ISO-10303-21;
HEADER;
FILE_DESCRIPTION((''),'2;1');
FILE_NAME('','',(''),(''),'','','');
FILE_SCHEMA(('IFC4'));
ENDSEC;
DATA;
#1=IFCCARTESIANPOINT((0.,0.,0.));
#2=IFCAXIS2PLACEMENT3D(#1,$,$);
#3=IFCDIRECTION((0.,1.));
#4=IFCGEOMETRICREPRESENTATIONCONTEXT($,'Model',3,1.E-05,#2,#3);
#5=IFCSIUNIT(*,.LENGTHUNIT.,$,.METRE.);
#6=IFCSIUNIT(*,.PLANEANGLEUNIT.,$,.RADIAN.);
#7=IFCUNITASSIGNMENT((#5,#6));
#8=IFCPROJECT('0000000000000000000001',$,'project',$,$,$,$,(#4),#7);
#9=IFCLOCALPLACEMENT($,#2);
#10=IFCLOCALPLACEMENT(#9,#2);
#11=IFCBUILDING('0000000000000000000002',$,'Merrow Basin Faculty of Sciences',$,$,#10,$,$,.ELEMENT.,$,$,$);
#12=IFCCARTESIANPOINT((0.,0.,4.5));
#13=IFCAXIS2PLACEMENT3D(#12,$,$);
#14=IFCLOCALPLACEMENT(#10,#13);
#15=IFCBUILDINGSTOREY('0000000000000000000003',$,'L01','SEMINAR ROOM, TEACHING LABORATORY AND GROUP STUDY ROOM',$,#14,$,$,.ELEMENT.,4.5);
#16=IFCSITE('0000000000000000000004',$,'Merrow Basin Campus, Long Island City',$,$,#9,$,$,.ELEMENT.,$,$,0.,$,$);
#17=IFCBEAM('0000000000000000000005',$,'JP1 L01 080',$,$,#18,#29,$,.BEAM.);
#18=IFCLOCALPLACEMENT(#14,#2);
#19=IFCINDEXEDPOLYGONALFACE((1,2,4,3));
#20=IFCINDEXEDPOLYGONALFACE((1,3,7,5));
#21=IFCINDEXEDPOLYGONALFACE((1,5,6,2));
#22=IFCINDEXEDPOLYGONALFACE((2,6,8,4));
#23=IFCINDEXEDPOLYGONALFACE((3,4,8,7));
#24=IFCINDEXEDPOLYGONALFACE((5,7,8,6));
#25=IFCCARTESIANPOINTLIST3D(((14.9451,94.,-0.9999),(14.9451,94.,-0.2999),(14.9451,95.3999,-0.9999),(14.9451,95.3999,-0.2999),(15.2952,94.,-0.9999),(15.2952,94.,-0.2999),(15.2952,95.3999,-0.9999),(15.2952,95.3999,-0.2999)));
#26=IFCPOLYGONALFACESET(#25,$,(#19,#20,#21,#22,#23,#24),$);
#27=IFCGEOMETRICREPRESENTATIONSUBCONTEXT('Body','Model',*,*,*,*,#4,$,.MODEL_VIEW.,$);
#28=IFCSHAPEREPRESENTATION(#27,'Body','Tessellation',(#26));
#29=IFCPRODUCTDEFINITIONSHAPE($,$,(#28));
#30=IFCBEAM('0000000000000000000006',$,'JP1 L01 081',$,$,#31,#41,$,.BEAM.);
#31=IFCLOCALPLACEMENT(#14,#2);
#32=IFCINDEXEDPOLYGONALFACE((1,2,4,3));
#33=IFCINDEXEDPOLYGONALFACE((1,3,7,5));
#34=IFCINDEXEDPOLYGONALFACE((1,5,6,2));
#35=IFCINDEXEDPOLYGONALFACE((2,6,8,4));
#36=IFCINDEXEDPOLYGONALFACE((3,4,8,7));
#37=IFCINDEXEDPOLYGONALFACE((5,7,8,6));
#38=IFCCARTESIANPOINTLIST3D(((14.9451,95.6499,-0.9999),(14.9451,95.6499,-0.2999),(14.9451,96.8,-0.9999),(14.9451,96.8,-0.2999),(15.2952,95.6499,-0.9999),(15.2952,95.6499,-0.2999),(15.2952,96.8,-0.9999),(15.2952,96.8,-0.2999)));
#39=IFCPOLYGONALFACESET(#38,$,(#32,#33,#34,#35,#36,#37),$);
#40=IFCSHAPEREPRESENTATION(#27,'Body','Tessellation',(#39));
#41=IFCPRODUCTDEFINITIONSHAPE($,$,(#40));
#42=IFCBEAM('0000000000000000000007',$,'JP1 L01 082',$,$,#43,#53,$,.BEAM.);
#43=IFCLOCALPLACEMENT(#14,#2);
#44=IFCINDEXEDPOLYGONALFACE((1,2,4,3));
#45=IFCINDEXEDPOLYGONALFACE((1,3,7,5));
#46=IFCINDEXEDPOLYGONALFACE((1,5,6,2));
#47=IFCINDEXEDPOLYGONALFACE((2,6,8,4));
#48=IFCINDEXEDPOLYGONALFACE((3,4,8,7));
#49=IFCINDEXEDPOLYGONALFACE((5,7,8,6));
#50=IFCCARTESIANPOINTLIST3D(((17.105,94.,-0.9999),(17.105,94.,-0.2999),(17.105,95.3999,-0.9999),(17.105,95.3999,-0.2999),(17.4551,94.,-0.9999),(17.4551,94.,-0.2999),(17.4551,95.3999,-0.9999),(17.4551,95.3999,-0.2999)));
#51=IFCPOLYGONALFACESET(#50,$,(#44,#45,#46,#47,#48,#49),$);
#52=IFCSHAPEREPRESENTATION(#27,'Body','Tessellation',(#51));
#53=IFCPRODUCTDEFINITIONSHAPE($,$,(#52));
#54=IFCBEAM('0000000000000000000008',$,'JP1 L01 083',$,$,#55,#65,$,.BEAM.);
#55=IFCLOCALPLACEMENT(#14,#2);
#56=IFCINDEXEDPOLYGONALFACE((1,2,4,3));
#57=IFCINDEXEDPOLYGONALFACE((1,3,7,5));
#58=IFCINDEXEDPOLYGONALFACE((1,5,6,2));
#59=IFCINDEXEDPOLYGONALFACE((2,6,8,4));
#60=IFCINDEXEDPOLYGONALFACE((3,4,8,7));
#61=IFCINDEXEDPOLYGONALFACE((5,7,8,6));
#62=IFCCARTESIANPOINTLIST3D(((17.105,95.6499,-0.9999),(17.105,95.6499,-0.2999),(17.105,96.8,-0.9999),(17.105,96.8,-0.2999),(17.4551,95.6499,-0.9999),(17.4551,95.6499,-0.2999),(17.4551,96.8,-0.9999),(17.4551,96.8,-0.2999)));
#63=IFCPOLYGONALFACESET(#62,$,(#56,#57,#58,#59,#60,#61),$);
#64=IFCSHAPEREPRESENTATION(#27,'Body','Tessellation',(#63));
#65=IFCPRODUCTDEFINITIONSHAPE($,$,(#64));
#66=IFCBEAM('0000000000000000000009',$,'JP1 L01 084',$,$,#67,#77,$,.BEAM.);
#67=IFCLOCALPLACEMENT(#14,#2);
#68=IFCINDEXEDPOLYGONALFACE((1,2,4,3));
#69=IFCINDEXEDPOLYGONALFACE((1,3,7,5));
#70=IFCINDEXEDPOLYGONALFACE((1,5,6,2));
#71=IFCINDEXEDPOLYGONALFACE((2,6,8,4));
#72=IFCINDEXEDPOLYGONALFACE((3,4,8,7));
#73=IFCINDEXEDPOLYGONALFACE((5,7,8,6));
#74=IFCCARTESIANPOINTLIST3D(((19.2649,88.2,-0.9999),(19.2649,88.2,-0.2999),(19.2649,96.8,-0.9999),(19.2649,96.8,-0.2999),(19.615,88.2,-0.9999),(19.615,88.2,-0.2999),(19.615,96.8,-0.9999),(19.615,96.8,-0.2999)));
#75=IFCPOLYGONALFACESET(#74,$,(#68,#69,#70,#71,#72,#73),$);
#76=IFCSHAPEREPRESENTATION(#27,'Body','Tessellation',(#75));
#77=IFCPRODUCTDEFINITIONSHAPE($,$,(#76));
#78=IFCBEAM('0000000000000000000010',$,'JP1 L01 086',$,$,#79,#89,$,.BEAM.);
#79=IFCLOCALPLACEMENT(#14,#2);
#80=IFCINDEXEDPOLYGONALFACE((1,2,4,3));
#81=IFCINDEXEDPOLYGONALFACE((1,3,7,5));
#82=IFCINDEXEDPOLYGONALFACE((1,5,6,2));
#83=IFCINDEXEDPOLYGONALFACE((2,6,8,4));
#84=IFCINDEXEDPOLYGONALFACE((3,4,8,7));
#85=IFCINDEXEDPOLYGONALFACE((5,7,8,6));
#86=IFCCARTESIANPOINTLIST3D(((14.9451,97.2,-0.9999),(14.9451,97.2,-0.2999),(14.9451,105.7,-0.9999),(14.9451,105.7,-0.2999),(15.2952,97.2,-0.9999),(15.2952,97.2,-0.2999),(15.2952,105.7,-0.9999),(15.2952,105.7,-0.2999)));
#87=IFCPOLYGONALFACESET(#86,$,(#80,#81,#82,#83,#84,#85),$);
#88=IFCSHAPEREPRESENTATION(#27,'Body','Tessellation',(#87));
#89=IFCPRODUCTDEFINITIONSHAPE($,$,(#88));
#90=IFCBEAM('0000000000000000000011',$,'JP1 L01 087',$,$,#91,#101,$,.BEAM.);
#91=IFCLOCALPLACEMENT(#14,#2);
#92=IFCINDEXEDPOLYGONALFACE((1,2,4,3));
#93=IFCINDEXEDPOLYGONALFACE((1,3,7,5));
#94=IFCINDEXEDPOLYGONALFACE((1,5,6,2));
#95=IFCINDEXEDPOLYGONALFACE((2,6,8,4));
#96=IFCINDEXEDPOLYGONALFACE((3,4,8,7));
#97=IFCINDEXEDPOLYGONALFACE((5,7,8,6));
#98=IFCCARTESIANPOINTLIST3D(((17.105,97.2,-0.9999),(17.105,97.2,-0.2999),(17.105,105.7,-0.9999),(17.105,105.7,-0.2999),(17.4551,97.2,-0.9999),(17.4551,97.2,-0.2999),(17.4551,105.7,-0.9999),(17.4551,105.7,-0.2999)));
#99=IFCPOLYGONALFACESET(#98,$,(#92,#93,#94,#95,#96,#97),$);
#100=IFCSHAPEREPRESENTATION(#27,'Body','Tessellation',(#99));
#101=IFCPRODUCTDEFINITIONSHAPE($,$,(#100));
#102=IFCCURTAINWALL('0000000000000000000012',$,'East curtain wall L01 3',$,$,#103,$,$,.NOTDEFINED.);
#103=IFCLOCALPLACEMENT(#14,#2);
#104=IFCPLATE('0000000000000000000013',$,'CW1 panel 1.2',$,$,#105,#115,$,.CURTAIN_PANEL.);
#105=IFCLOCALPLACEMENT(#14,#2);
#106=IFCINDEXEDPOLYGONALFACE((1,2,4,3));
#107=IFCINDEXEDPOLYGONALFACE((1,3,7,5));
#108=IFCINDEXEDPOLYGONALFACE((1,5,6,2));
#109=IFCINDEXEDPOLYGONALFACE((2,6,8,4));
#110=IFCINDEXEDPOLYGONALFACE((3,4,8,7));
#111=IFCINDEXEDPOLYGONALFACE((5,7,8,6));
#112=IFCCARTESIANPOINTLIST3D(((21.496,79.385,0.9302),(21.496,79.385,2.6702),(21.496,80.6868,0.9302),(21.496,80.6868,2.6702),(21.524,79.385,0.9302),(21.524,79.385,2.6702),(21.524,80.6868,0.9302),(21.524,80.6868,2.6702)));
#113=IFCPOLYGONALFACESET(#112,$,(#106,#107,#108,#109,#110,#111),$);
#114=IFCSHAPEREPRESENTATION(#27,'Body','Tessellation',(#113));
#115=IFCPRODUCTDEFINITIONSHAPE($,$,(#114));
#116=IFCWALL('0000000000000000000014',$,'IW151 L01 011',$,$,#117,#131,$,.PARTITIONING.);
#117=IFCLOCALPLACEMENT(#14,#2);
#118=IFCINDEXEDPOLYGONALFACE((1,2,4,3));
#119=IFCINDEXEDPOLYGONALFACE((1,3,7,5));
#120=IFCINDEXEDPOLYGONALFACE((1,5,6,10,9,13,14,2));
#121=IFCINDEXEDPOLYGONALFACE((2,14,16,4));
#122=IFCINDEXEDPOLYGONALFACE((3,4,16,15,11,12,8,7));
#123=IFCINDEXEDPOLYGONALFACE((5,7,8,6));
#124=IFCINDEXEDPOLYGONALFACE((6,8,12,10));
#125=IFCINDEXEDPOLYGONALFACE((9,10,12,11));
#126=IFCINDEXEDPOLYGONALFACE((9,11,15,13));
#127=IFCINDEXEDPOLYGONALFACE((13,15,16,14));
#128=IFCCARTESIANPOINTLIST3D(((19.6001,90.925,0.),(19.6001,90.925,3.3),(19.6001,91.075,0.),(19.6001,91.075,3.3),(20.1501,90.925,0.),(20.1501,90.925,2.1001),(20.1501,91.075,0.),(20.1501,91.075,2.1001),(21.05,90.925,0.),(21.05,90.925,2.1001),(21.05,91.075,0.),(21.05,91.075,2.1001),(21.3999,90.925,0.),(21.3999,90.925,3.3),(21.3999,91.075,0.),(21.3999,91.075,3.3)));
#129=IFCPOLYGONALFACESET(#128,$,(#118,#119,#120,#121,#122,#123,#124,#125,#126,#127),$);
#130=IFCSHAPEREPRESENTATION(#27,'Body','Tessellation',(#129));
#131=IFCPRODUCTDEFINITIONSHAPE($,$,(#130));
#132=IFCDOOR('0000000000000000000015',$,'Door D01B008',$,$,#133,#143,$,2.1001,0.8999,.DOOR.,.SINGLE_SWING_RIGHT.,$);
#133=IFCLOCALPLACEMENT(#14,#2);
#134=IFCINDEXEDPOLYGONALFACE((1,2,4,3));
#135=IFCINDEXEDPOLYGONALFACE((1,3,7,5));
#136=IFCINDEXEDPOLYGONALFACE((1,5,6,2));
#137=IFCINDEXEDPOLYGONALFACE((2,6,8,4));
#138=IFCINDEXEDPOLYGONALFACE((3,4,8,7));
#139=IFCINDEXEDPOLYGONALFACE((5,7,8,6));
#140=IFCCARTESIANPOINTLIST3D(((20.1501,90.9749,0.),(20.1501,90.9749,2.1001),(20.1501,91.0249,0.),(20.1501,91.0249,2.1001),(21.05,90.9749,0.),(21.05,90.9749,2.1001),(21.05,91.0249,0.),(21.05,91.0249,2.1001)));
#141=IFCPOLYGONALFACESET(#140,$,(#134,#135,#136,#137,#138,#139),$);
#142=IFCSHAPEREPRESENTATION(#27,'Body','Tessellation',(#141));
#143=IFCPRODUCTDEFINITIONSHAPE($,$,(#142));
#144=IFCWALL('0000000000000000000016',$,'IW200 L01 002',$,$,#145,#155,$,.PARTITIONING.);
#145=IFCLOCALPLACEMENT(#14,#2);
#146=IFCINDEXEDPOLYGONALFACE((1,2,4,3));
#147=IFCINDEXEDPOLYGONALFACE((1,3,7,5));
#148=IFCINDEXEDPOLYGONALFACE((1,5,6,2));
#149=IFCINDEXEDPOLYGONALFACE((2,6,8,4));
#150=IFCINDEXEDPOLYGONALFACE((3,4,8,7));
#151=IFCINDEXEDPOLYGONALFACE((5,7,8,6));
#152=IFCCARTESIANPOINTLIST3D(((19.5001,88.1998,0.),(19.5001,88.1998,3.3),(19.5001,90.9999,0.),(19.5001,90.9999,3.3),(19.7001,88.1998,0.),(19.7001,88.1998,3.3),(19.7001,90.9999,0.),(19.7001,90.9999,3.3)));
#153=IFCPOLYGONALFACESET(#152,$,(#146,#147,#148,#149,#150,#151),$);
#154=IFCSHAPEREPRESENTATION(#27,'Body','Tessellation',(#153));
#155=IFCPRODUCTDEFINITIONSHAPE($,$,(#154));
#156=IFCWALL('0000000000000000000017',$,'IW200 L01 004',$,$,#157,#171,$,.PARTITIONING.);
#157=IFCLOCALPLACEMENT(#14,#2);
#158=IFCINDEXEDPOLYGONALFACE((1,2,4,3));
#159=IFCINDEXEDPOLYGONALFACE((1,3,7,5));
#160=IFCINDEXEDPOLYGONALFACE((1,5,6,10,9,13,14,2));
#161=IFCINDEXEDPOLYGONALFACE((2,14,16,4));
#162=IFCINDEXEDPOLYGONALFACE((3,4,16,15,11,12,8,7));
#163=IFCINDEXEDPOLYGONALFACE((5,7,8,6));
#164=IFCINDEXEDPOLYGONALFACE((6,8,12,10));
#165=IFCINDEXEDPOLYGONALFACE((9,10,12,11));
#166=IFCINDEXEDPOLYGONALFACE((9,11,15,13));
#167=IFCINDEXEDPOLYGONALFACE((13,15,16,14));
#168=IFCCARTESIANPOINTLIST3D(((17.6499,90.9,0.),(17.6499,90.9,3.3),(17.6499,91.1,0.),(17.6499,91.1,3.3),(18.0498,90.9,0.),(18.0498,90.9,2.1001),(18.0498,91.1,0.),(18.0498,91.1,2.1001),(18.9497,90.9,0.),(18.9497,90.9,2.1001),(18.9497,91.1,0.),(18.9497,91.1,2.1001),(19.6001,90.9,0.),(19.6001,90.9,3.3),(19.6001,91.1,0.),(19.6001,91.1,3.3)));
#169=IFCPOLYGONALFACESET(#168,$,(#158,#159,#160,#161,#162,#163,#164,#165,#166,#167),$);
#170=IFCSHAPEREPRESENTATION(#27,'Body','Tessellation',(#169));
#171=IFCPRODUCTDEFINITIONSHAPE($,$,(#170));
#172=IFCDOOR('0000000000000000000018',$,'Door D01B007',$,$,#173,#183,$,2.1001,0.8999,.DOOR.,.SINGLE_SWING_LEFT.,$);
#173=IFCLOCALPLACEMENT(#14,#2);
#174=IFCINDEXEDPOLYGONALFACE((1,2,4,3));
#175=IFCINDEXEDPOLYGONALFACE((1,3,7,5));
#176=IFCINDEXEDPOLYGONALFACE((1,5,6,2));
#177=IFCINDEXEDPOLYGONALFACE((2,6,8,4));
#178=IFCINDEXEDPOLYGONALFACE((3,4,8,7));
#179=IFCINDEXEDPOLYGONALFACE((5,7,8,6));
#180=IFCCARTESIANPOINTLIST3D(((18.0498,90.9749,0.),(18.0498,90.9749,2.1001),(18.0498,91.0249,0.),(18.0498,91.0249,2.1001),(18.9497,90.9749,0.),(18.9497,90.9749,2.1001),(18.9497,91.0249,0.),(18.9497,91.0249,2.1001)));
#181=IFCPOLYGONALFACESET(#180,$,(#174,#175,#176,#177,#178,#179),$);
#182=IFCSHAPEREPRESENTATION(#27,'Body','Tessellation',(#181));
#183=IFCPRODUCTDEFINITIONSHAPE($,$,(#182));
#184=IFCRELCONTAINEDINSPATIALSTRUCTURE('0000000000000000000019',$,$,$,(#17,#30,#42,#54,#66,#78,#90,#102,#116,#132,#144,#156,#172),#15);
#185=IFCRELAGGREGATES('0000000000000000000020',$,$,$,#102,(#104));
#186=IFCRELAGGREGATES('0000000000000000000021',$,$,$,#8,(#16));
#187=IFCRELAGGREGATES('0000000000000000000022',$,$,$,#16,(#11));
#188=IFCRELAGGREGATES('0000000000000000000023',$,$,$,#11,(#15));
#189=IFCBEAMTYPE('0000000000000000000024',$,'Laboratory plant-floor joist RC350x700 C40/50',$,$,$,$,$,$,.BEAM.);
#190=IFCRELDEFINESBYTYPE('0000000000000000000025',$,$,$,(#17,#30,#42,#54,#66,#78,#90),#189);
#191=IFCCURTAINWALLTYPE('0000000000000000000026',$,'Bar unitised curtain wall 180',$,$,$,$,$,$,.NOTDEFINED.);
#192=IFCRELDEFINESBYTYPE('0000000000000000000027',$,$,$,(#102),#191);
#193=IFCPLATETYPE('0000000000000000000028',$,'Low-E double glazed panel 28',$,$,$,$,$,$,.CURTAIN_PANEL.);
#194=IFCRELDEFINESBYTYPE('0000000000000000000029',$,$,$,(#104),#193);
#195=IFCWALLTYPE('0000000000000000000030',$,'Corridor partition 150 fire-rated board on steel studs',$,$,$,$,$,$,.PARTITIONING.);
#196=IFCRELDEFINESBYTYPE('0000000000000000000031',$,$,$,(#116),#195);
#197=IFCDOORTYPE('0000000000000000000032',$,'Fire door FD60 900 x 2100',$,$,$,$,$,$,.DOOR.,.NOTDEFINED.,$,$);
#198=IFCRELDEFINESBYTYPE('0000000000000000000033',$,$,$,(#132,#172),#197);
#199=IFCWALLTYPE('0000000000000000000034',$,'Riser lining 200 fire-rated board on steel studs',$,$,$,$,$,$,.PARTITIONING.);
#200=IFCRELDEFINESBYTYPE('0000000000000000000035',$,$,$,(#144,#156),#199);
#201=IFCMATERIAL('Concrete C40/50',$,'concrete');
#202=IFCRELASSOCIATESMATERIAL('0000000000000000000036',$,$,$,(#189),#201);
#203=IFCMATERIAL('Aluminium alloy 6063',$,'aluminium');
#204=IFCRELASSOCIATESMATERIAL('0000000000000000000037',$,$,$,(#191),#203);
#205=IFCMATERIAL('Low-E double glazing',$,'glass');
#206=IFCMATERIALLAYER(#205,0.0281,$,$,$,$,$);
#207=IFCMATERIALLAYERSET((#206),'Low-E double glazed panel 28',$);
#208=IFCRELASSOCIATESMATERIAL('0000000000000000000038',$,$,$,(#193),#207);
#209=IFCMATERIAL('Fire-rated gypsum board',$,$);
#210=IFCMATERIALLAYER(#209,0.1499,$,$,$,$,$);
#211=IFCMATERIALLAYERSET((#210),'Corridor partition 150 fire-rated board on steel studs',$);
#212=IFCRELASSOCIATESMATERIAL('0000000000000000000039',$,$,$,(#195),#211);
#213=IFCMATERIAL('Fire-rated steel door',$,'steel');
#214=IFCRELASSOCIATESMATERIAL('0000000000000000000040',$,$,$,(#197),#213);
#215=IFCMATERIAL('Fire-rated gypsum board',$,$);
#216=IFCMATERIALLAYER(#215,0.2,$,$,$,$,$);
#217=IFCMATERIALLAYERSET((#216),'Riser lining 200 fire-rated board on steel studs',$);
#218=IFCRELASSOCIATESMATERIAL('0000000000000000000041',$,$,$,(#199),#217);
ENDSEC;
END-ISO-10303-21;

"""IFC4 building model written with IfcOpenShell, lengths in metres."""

from ifc_helpers import new_model, si_unit, direction, frame, frame_2d, origin, origin_2d, place, context, subcontext, project, spatial, rectangle, extrude, material, layer, layer_set, material_profile, profile_set, type_object, element, fill, aggregate, save


model = new_model("IFC4")

# Units and contexts
model_context = context("Model", 3, precision=1e-05, world=origin(), true_north=direction((0.0, 1.0)))
body_context = subcontext(model_context, "Body", "Model", "MODEL_VIEW")
ifc_project = project(units=[si_unit("LENGTHUNIT", "METRE"), si_unit("PLANEANGLEUNIT", "RADIAN")], contexts=[model_context])

# Site, building, storey
site_placement = place(None, origin())
site = spatial("IfcSite", under=ifc_project, at=site_placement, Name="Merrow Basin Campus, Long Island City", CompositionType="ELEMENT", RefElevation=0.0)
building_placement = place(site_placement, origin())
building = spatial("IfcBuilding", under=site, at=building_placement, Name="Merrow Basin Faculty of Sciences", CompositionType="ELEMENT")
storey_placement = place(building_placement, frame((0.0, 0.0, 4.5)))
storey = spatial("IfcBuildingStorey", under=building, at=storey_placement, Name="L01", Description="SEMINAR ROOM, TEACHING LABORATORY AND GROUP STUDY ROOM", CompositionType="ELEMENT", Elevation=4.5)

# Beams
ifc_material_1 = material(Name="Concrete C40/50", Category="concrete")
ifc_material_profile = material_profile(ifc_material_1, rectangle(XDim=0.3501, YDim=0.7, at=origin_2d()))
ifc_profile_set = profile_set([ifc_material_profile], Name="Concrete C40/50")
beam_type = type_object("IfcBeamType", Name="Laboratory plant-floor joist RC350x700 C40/50", PredefinedType="BEAM", material=ifc_profile_set)
beam_1_placement = place(storey_placement, frame((15.1201, 94.0, -0.6499), z_axis=(0.0, 1.0, 0.0), x_axis=(-1.0, 0.0, 0.0)))
element("IfcBeam", 1, at=beam_1_placement, inside=storey, type_object=beam_type, Name="JP1 L01 080", PredefinedType="BEAM", context=body_context, shape_type="SweptSolid", body=[
    extrude(rectangle(XDim=0.3501, YDim=0.7, at=origin_2d()), origin(), (0.0, 0.0, 1.0), 1.3999),
])
beam_2_placement = place(storey_placement, frame((15.1201, 95.6499, -0.6499), z_axis=(0.0, 1.0, 0.0), x_axis=(-1.0, 0.0, 0.0)))
element("IfcBeam", 2, at=beam_2_placement, inside=storey, type_object=beam_type, Name="JP1 L01 081", PredefinedType="BEAM", context=body_context, shape_type="SweptSolid", body=[
    extrude(rectangle(XDim=0.3501, YDim=0.7, at=origin_2d()), origin(), (0.0, 0.0, 1.0), 1.1501),
])
beam_3_placement = place(storey_placement, frame((17.28, 94.0, -0.6499), z_axis=(0.0, 1.0, 0.0), x_axis=(-1.0, 0.0, 0.0)))
element("IfcBeam", 3, at=beam_3_placement, inside=storey, type_object=beam_type, Name="JP1 L01 082", PredefinedType="BEAM", context=body_context, shape_type="SweptSolid", body=[
    extrude(rectangle(XDim=0.3501, YDim=0.7, at=origin_2d()), origin(), (0.0, 0.0, 1.0), 1.3999),
])
beam_4_placement = place(storey_placement, frame((17.28, 95.6499, -0.6499), z_axis=(0.0, 1.0, 0.0), x_axis=(-1.0, 0.0, 0.0)))
element("IfcBeam", 4, at=beam_4_placement, inside=storey, type_object=beam_type, Name="JP1 L01 083", PredefinedType="BEAM", context=body_context, shape_type="SweptSolid", body=[
    extrude(rectangle(XDim=0.3501, YDim=0.7, at=origin_2d()), origin(), (0.0, 0.0, 1.0), 1.1501),
])
beam_5_placement = place(storey_placement, frame((19.4399, 88.2, -0.6499), z_axis=(0.0, 1.0, 0.0), x_axis=(-1.0, 0.0, 0.0)))
element("IfcBeam", 5, at=beam_5_placement, inside=storey, type_object=beam_type, Name="JP1 L01 084", PredefinedType="BEAM", context=body_context, shape_type="SweptSolid", body=[
    extrude(rectangle(XDim=0.3501, YDim=0.7, at=origin_2d()), origin(), (0.0, 0.0, 1.0), 8.6001),
])
for number, where, z_axis, x_axis, name in (
    (6, (15.1201, 97.2, -0.6499), (0.0, 1.0, 0.0), (-1.0, 0.0, 0.0), "JP1 L01 086"),
    (7, (17.28, 97.2, -0.6499), (0.0, 1.0, 0.0), (-1.0, 0.0, 0.0), "JP1 L01 087"),
):
    element("IfcBeam", number, at=place(storey_placement, frame(where, z_axis=z_axis, x_axis=x_axis)), inside=storey, type_object=beam_type, Name=name, PredefinedType="BEAM", context=body_context, shape_type="SweptSolid", body=[
        extrude(rectangle(XDim=0.3501, YDim=0.7, at=origin_2d()), origin(), (0.0, 0.0, 1.0), 8.5),
    ])

# Curtain wall, plate
ifc_material_2 = material(Name="Aluminium alloy 6063", Category="aluminium")
curtain_wall_type = type_object("IfcCurtainWallType", Name="Bar unitised curtain wall 180", PredefinedType="NOTDEFINED", material=ifc_material_2)
curtain_wall_placement = place(storey_placement, origin())
curtain_wall = element("IfcCurtainWall", 8, at=curtain_wall_placement, inside=storey, type_object=curtain_wall_type, Name="East curtain wall L01 3", PredefinedType="NOTDEFINED")
ifc_material_3 = material(Name="Low-E double glazing", Category="glass")
ifc_layer_1 = layer(ifc_material_3, 0.0281)
ifc_layer_set_1 = layer_set([ifc_layer_1], Name="Low-E double glazed panel 28")
plate_type = type_object("IfcPlateType", Name="Low-E double glazed panel 28", PredefinedType="CURTAIN_PANEL", material=ifc_layer_set_1)
plate_placement = place(storey_placement, frame((21.51, 80.0359, 0.9302), z_axis=(0.0, 0.0, 1.0), x_axis=(0.0, 1.0, 0.0)))
plate = element("IfcPlate", 9, at=plate_placement, type_object=plate_type, Name="CW1 panel 1.2", PredefinedType="CURTAIN_PANEL", context=body_context, shape_type="SweptSolid", body=[
    extrude(rectangle(XDim=1.3018, YDim=0.0281, at=origin_2d()), origin(), (0.0, 0.0, 1.0), 1.74),
])
aggregate(curtain_wall, [plate])

# Wall, opening, door
ifc_material_4 = material(Name="Fire-rated gypsum board")
ifc_layer_2 = layer(ifc_material_4, 0.1499)
ifc_layer_set_2 = layer_set([ifc_layer_2], Name="Corridor partition 150 fire-rated board on steel studs")
wall_type_1 = type_object("IfcWallType", Name="Corridor partition 150 fire-rated board on steel studs", PredefinedType="PARTITIONING", material=ifc_layer_set_2)
wall_1_placement = place(storey_placement, frame((19.6001, 91.0, 0.0), z_axis=(0.0, 0.0, 1.0), x_axis=(1.0, 0.0, 0.0)))
wall_1 = element("IfcWall", 10, at=wall_1_placement, inside=storey, type_object=wall_type_1, Name="IW151 L01 011", PredefinedType="PARTITIONING", context=body_context, shape_type="SweptSolid", body=[
    extrude(rectangle(XDim=1.7998, YDim=0.1499, at=frame_2d((0.8999, 0.0))), origin(), (0.0, 0.0, 1.0), 3.3),
])
opening_1_placement = place(wall_1_placement, frame((0.55, 0.0, 0.0)))
opening_1 = element("IfcOpeningElement", 11, at=opening_1_placement, cuts=wall_1, PredefinedType="OPENING", context=body_context, shape_type="SweptSolid", body=[
    extrude(rectangle(XDim=0.8999, YDim=2.1001, at=frame_2d((0.45, 1.05))), frame((0.0, 0.085, 0.0), z_axis=(0.0, -1.0, 0.0), x_axis=(1.0, 0.0, 0.0)), (0.0, 0.0, 1.0), 0.1699),
])
ifc_material_5 = material(Name="Fire-rated steel door", Category="steel")
door_type_1 = type_object("IfcDoorType", Name="Fire door FD60 900 x 2100", OperationType="NOTDEFINED", PredefinedType="DOOR", material=ifc_material_5)
door_1_placement = place(opening_1_placement, origin())
door_1 = element("IfcDoor", 12, at=door_1_placement, inside=storey, type_object=door_type_1, Name="Door D01B008", OperationType="SINGLE_SWING_RIGHT", OverallHeight=2.1001, OverallWidth=0.8999, PredefinedType="DOOR", context=body_context, shape_type="SweptSolid", body=[
    extrude(rectangle(XDim=0.8999, YDim=2.1001, at=frame_2d((0.45, 1.05))), frame((0.0, 0.0249, 0.0), z_axis=(0.0, -1.0, 0.0), x_axis=(1.0, 0.0, 0.0)), (0.0, 0.0, 1.0), 0.05),
])
fill(opening_1, door_1)

# Wall
ifc_material_6 = material(Name="Fire-rated gypsum board")
ifc_layer_3 = layer(ifc_material_6, 0.2)
ifc_layer_set_3 = layer_set([ifc_layer_3], Name="Riser lining 200 fire-rated board on steel studs")
wall_type_2 = type_object("IfcWallType", Name="Riser lining 200 fire-rated board on steel studs", PredefinedType="PARTITIONING", material=ifc_layer_set_3)
wall_2_placement = place(storey_placement, frame((19.6001, 88.2, 0.0), z_axis=(0.0, 0.0, 1.0), x_axis=(0.0, 1.0, 0.0)))
element("IfcWall", 13, at=wall_2_placement, inside=storey, type_object=wall_type_2, Name="IW200 L01 002", PredefinedType="PARTITIONING", context=body_context, shape_type="SweptSolid", body=[
    extrude(rectangle(XDim=2.8, YDim=0.2, at=frame_2d((1.3999, 0.0))), origin(), (0.0, 0.0, 1.0), 3.3),
])

# Wall, opening, door
wall_3_placement = place(storey_placement, frame((17.6499, 91.0, 0.0), z_axis=(0.0, 0.0, 1.0), x_axis=(1.0, 0.0, 0.0)))
wall_3 = element("IfcWall", 14, at=wall_3_placement, inside=storey, type_object=wall_type_2, Name="IW200 L01 004", PredefinedType="PARTITIONING", context=body_context, shape_type="SweptSolid", body=[
    extrude(rectangle(XDim=1.9502, YDim=0.2, at=frame_2d((0.9751, 0.0))), origin(), (0.0, 0.0, 1.0), 3.3),
])
opening_2_placement = place(wall_3_placement, frame((0.3999, 0.0, 0.0)))
opening_2 = element("IfcOpeningElement", 15, at=opening_2_placement, cuts=wall_3, PredefinedType="OPENING", context=body_context, shape_type="SweptSolid", body=[
    extrude(rectangle(XDim=0.8999, YDim=2.1001, at=frame_2d((0.45, 1.05))), frame((0.0, 0.1099, 0.0), z_axis=(0.0, -1.0, 0.0), x_axis=(1.0, 0.0, 0.0)), (0.0, 0.0, 1.0), 0.22),
])
door_2_placement = place(opening_2_placement, origin())
door_2 = element("IfcDoor", 16, at=door_2_placement, inside=storey, type_object=door_type_1, Name="Door D01B007", OperationType="SINGLE_SWING_LEFT", OverallHeight=2.1001, OverallWidth=0.8999, PredefinedType="DOOR", context=body_context, shape_type="SweptSolid", body=[
    extrude(rectangle(XDim=0.8999, YDim=2.1001, at=frame_2d((0.45, 1.05))), frame((0.0, 0.0249, 0.0), z_axis=(0.0, -1.0, 0.0), x_axis=(1.0, 0.0, 0.0)), (0.0, 0.0, 1.0), 0.05),
])
fill(opening_2, door_2)

save(model, "model.ifc")
